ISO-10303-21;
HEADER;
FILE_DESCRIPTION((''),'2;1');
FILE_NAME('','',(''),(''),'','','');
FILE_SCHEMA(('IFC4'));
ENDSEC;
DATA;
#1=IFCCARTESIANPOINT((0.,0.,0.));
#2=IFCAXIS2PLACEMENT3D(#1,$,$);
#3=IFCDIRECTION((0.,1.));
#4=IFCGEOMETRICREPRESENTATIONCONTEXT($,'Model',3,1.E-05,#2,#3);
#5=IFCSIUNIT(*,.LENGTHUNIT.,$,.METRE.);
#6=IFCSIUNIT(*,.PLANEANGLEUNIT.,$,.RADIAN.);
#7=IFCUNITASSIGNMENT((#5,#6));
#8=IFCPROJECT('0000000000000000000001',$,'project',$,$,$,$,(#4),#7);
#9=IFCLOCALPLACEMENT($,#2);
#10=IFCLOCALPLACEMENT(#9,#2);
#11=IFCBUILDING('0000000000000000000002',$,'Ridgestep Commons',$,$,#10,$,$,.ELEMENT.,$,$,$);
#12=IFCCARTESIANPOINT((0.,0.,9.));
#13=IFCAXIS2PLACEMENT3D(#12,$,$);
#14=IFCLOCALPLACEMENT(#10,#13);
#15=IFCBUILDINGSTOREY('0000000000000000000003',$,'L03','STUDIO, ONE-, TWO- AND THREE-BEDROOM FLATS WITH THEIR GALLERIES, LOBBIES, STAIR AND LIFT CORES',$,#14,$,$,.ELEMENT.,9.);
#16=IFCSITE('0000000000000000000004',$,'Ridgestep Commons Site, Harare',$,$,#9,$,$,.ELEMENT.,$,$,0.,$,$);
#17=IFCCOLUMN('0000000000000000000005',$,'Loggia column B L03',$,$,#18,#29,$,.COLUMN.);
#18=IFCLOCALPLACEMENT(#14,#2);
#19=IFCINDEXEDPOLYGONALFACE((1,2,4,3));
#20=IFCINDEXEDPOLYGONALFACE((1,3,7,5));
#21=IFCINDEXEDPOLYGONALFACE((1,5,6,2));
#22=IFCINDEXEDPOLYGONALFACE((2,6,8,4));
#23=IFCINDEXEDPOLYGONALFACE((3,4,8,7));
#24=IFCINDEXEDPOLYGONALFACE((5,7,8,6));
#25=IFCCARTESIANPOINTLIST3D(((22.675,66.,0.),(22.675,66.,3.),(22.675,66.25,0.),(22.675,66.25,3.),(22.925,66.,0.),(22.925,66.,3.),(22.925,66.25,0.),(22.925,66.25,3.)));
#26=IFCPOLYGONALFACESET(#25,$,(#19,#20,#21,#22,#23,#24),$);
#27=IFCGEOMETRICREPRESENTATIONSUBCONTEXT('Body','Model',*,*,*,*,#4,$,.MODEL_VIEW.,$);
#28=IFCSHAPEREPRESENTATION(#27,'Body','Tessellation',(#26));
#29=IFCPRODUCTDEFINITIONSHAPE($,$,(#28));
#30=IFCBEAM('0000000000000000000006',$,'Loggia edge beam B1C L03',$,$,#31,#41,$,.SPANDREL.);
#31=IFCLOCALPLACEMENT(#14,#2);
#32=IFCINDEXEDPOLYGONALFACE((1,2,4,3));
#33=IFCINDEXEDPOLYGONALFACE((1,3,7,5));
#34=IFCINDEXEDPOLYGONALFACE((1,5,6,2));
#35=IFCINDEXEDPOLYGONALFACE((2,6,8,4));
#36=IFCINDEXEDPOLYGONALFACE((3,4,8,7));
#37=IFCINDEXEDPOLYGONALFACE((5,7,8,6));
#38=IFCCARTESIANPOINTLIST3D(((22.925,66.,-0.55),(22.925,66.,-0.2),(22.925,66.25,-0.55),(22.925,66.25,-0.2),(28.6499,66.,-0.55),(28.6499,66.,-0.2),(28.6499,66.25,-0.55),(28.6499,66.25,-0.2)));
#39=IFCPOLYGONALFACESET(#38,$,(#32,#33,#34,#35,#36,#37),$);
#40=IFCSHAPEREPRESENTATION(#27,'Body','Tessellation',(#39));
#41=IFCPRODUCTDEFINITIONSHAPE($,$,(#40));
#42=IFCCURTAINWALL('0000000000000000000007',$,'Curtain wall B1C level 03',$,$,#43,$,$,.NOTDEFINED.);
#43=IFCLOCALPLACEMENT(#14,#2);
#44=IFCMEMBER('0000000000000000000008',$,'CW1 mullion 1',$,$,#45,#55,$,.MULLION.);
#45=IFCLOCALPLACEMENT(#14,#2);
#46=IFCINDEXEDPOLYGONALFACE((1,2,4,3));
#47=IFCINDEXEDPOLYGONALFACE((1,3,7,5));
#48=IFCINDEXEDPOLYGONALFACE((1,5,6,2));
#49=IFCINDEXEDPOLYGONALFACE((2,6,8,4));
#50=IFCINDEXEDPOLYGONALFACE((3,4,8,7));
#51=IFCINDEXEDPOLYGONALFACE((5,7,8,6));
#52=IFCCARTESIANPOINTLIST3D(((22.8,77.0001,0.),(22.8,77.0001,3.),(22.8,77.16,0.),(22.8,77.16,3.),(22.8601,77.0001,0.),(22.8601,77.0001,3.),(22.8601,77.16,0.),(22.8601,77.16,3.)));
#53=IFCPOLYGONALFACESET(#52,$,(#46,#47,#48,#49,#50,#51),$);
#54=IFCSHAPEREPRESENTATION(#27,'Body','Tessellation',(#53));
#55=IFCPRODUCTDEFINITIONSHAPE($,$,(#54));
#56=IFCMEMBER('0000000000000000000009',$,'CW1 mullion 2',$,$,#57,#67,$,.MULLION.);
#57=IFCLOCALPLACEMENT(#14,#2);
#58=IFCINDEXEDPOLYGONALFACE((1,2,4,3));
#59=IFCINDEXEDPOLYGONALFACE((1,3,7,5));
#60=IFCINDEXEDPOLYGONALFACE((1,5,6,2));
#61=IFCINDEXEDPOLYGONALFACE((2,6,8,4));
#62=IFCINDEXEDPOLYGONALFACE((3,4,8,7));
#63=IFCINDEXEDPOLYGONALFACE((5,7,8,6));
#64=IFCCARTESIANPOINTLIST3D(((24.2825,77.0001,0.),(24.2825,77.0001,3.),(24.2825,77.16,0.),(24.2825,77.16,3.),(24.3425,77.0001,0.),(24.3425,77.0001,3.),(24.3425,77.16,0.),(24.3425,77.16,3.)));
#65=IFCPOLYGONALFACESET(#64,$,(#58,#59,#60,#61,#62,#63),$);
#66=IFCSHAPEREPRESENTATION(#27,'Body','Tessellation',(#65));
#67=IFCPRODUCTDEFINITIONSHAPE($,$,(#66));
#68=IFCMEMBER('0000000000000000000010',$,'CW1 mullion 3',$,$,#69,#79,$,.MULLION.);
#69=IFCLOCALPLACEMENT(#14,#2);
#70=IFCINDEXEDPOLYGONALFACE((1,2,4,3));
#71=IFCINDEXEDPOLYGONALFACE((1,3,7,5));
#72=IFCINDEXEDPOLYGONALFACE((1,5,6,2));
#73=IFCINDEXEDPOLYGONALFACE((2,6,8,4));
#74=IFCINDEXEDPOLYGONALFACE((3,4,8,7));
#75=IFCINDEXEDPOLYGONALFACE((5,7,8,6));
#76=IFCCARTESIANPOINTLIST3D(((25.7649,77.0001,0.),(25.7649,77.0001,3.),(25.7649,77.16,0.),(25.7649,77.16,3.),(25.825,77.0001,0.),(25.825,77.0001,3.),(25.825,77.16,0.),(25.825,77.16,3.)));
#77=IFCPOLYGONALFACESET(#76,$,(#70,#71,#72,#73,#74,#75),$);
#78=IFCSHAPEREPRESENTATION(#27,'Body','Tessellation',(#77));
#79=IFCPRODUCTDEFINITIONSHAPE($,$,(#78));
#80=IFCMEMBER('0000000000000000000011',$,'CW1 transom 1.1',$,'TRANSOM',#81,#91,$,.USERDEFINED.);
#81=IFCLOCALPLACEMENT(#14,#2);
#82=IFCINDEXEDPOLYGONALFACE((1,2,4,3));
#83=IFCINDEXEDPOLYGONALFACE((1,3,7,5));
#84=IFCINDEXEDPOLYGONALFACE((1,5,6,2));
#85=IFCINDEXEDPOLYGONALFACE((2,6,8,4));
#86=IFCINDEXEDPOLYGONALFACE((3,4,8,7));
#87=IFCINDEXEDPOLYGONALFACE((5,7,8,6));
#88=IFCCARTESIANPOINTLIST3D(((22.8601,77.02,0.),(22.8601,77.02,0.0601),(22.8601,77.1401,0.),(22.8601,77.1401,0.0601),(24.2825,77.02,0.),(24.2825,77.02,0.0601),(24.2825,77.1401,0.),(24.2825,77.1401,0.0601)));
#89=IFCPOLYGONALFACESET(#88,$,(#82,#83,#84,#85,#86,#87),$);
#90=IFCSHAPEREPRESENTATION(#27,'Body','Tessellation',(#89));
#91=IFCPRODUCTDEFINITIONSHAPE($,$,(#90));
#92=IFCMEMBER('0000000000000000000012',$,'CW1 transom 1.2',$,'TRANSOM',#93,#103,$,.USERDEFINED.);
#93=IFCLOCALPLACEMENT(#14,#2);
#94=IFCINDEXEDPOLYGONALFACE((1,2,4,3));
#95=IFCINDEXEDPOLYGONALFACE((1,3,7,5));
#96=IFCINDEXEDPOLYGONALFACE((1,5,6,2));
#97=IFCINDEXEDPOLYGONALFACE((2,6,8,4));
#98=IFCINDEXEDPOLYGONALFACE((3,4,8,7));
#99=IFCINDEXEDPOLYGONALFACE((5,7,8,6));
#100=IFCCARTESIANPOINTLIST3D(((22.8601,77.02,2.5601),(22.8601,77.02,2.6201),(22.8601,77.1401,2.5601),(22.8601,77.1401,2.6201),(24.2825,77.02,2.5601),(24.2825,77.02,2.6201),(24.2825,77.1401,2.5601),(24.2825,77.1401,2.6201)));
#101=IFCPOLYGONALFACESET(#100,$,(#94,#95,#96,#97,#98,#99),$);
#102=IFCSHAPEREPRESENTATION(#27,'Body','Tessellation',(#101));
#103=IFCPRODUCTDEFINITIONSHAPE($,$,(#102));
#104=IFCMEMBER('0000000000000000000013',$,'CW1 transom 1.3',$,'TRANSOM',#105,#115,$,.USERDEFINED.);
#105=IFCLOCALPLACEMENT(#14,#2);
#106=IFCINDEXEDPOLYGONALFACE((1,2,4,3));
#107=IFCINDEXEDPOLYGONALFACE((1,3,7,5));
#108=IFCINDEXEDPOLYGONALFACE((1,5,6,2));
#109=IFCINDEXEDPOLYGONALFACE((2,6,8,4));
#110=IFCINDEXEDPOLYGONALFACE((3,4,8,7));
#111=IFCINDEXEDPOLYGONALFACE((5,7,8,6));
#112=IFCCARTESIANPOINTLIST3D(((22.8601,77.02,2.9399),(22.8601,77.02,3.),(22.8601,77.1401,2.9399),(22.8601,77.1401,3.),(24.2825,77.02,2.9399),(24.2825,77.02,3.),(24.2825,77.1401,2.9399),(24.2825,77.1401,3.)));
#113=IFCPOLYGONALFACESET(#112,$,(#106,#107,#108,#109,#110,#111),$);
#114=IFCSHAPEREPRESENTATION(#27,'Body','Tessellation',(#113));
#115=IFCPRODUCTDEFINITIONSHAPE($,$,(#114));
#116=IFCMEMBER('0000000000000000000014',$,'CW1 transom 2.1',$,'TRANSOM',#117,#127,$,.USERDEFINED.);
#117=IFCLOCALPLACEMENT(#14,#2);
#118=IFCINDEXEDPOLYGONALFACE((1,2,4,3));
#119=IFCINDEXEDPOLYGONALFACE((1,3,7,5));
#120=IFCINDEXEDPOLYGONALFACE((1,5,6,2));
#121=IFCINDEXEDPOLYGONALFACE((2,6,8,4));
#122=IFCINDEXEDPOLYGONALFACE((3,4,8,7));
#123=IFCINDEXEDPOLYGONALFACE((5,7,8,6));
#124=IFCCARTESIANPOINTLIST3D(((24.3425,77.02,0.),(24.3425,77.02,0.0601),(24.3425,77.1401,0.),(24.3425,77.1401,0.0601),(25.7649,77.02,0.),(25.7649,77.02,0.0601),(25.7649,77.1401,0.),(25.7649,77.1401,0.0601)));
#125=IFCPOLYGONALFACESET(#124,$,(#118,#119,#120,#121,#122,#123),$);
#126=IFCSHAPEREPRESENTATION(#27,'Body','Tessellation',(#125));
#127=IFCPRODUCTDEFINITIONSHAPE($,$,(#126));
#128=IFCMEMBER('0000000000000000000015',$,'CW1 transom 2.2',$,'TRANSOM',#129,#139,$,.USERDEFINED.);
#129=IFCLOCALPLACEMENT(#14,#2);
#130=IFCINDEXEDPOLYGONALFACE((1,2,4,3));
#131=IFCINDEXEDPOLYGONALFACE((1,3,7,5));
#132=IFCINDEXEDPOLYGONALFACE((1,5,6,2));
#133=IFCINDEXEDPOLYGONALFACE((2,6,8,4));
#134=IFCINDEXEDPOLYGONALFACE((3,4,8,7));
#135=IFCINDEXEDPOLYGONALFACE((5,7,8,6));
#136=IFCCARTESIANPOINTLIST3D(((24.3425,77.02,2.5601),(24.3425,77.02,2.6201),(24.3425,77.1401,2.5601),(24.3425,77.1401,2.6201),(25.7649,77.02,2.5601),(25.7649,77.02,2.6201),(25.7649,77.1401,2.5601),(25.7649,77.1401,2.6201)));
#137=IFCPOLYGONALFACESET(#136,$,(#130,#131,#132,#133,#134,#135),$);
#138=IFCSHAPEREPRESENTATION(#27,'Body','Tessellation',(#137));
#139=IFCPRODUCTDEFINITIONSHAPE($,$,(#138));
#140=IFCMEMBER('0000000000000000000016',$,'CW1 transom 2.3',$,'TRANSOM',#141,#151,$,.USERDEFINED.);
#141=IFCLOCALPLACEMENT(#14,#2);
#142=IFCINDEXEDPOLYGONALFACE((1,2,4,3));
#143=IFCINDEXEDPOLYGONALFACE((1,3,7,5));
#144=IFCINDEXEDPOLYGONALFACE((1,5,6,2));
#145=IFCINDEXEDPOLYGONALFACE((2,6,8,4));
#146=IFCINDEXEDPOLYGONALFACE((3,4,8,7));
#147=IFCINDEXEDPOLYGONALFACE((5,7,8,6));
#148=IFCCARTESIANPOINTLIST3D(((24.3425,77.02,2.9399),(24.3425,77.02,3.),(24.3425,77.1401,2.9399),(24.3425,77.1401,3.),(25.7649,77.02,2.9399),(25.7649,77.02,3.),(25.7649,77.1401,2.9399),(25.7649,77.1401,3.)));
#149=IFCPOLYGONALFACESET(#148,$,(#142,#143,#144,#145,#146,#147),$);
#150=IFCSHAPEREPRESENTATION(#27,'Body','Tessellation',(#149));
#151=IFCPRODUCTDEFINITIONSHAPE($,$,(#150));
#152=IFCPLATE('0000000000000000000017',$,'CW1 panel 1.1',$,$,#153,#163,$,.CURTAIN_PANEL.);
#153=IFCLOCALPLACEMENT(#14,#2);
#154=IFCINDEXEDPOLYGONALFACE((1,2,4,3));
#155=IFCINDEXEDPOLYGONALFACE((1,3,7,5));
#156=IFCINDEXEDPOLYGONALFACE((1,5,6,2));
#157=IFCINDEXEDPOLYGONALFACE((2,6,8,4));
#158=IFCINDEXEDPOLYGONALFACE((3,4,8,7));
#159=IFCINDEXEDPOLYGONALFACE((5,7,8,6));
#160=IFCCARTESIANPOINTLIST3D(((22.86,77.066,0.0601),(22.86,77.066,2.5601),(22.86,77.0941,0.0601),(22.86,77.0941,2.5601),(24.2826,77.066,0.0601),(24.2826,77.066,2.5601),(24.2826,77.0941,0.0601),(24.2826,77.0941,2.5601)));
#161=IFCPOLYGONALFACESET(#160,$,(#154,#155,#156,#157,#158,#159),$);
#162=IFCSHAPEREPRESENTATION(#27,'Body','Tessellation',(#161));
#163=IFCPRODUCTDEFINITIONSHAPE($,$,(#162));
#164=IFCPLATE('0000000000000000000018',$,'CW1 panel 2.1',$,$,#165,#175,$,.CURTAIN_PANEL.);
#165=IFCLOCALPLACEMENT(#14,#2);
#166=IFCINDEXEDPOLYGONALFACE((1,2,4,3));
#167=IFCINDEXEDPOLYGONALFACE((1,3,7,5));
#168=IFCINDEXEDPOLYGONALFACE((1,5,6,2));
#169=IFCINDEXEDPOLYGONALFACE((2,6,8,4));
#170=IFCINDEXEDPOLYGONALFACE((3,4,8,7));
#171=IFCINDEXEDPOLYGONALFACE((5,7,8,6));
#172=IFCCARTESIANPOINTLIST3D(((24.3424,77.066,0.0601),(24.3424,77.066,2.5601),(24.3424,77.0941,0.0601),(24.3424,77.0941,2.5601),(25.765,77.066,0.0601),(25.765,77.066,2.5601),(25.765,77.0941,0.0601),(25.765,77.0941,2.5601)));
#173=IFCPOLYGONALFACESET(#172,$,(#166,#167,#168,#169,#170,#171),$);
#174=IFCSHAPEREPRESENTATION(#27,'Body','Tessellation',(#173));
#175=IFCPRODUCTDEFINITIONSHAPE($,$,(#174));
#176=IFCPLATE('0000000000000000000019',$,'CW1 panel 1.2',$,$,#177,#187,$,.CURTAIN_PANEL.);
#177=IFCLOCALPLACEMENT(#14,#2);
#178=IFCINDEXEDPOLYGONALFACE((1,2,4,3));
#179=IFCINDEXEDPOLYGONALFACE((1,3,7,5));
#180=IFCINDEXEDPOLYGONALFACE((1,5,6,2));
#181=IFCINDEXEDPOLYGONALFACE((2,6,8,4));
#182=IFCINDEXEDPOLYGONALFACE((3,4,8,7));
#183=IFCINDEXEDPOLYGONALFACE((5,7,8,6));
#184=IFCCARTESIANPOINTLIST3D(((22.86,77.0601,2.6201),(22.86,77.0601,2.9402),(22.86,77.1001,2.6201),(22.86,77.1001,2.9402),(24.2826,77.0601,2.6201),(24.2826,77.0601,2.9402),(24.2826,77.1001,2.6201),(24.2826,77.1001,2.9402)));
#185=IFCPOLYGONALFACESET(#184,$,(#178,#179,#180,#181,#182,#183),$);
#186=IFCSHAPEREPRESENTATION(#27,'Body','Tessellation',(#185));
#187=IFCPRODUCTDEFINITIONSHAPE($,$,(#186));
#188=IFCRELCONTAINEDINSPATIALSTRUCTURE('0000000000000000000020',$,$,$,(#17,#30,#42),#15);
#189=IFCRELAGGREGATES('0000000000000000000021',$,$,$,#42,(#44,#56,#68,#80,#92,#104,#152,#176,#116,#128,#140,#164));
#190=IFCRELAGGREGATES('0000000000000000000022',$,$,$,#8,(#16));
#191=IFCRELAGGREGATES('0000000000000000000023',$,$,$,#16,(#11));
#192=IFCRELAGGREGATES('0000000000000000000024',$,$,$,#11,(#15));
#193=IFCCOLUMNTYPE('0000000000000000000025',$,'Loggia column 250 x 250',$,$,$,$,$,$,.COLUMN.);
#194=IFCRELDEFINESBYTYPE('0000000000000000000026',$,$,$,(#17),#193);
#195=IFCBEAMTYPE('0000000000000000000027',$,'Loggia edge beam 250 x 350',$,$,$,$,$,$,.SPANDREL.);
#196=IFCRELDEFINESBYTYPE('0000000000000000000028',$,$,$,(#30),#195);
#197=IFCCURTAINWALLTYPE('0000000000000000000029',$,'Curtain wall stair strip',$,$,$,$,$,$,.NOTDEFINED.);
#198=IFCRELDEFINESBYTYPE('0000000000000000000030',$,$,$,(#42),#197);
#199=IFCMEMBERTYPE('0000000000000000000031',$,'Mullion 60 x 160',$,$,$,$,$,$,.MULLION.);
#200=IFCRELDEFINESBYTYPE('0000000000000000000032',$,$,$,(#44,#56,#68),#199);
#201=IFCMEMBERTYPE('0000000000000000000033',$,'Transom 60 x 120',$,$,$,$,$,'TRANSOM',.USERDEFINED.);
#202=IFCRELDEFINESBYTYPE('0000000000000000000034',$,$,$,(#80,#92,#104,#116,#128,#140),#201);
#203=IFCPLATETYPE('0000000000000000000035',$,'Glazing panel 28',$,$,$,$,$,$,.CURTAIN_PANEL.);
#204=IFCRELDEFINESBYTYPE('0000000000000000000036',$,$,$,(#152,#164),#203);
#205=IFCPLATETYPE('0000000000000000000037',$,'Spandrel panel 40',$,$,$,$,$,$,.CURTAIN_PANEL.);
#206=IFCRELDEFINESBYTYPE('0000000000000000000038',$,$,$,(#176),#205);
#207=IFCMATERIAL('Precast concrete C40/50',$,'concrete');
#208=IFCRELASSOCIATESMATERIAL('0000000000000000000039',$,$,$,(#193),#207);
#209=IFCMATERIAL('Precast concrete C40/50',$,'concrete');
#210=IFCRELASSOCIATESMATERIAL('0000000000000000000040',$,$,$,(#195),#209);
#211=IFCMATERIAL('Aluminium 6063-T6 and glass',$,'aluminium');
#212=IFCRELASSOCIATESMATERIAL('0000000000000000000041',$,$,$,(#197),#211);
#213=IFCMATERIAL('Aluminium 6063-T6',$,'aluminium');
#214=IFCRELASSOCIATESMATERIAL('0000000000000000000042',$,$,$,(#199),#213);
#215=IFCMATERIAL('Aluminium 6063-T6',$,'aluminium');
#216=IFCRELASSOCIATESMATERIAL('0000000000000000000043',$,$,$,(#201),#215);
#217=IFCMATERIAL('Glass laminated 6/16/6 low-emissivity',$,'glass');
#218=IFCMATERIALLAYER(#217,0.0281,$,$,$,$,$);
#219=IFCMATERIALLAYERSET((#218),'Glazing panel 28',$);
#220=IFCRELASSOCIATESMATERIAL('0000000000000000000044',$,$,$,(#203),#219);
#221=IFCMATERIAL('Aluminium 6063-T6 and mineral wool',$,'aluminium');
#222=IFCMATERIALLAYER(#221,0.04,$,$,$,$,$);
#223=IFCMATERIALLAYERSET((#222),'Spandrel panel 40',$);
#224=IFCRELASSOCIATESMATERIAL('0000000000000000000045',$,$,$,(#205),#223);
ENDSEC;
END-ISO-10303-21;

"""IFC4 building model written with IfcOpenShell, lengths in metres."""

from ifc_helpers import new_model, si_unit, direction, frame, origin, origin_2d, place, context, subcontext, project, spatial, rectangle, extrude, material, layer, layer_set, material_profile, profile_set, type_object, element, aggregate, save


model = new_model("IFC4")

# Units and contexts
model_context = context("Model", 3, precision=1e-05, world=origin(), true_north=direction((0.0, 1.0)))
body_context = subcontext(model_context, "Body", "Model", "MODEL_VIEW")
ifc_project = project(units=[si_unit("LENGTHUNIT", "METRE"), si_unit("PLANEANGLEUNIT", "RADIAN")], contexts=[model_context])

# Site, building, storey
site_placement = place(None, origin())
site = spatial("IfcSite", under=ifc_project, at=site_placement, Name="Ridgestep Commons Site, Harare", CompositionType="ELEMENT", RefElevation=0.0)
building_placement = place(site_placement, origin())
building = spatial("IfcBuilding", under=site, at=building_placement, Name="Ridgestep Commons", CompositionType="ELEMENT")
storey_placement = place(building_placement, frame((0.0, 0.0, 9.0)))
storey = spatial("IfcBuildingStorey", under=building, at=storey_placement, Name="L03", Description="STUDIO, ONE-, TWO- AND THREE-BEDROOM FLATS WITH THEIR GALLERIES, LOBBIES, STAIR AND LIFT CORES", CompositionType="ELEMENT", Elevation=9.0)

# Column
ifc_material_1 = material(Name="Precast concrete C40/50", Category="concrete")
ifc_material_profile_1 = material_profile(ifc_material_1, rectangle(XDim=0.25, YDim=0.25, at=origin_2d()), Name="PC 250x250")
ifc_profile_set_1 = profile_set([ifc_material_profile_1], Name="Precast concrete C40/50")
column_type = type_object("IfcColumnType", Name="Loggia column 250 x 250", PredefinedType="COLUMN", material=ifc_profile_set_1)
column_placement = place(storey_placement, frame((22.8, 66.125, 0.0), z_axis=(0.0, 0.0, 1.0), x_axis=(1.0, 0.0, 0.0)))
element("IfcColumn", 1, at=column_placement, inside=storey, type_object=column_type, Name="Loggia column B L03", PredefinedType="COLUMN", context=body_context, shape_type="SweptSolid", body=[
    extrude(rectangle(XDim=0.25, YDim=0.25, at=origin_2d()), origin(), (0.0, 0.0, 1.0), 3.0),
])

# Beam
ifc_material_2 = material(Name="Precast concrete C40/50", Category="concrete")
ifc_material_profile_2 = material_profile(ifc_material_2, rectangle(XDim=0.25, YDim=0.3501, at=origin_2d()), Name="PC 250x350")
ifc_profile_set_2 = profile_set([ifc_material_profile_2], Name="Precast concrete C40/50")
beam_type = type_object("IfcBeamType", Name="Loggia edge beam 250 x 350", PredefinedType="SPANDREL", material=ifc_profile_set_2)
beam_placement = place(storey_placement, frame((22.925, 66.125, -0.375), z_axis=(1.0, 0.0, 0.0), x_axis=(0.0, 1.0, 0.0)))
element("IfcBeam", 2, at=beam_placement, inside=storey, type_object=beam_type, Name="Loggia edge beam B1C L03", PredefinedType="SPANDREL", context=body_context, shape_type="SweptSolid", body=[
    extrude(rectangle(XDim=0.25, YDim=0.3501, at=origin_2d()), origin(), (0.0, 0.0, 1.0), 5.7249),
])

# Curtain wall, members, plates
ifc_material_3 = material(Name="Aluminium 6063-T6 and glass", Category="aluminium")
curtain_wall_type = type_object("IfcCurtainWallType", Name="Curtain wall stair strip", PredefinedType="NOTDEFINED", material=ifc_material_3)
curtain_wall_placement = place(storey_placement, origin())
curtain_wall = element("IfcCurtainWall", 3, at=curtain_wall_placement, inside=storey, type_object=curtain_wall_type, Name="Curtain wall B1C level 03", PredefinedType="NOTDEFINED")
ifc_material_4 = material(Name="Aluminium 6063-T6", Category="aluminium")
ifc_material_profile_3 = material_profile(ifc_material_4, rectangle(XDim=0.1599, YDim=0.0601, at=origin_2d()), Name="Mullion 60 x 160")
ifc_profile_set_3 = profile_set([ifc_material_profile_3], Name="Aluminium 6063-T6")
member_type_1 = type_object("IfcMemberType", Name="Mullion 60 x 160", PredefinedType="MULLION", material=ifc_profile_set_3)
member_1_placement = place(storey_placement, frame((22.8301, 77.0801, 0.0), z_axis=(0.0, 0.0, 1.0), x_axis=(0.0, 1.0, 0.0)))
member_1 = element("IfcMember", 4, at=member_1_placement, type_object=member_type_1, Name="CW1 mullion 1", PredefinedType="MULLION", context=body_context, shape_type="SweptSolid", body=[
    extrude(rectangle(XDim=0.1599, YDim=0.0601, at=origin_2d()), origin(), (0.0, 0.0, 1.0), 3.0),
])
member_2_placement = place(storey_placement, frame((24.3125, 77.0801, 0.0), z_axis=(0.0, 0.0, 1.0), x_axis=(0.0, 1.0, 0.0)))
member_2 = element("IfcMember", 5, at=member_2_placement, type_object=member_type_1, Name="CW1 mullion 2", PredefinedType="MULLION", context=body_context, shape_type="SweptSolid", body=[
    extrude(rectangle(XDim=0.1599, YDim=0.0601, at=origin_2d()), origin(), (0.0, 0.0, 1.0), 3.0),
])
member_3_placement = place(storey_placement, frame((25.7949, 77.0801, 0.0), z_axis=(0.0, 0.0, 1.0), x_axis=(0.0, 1.0, 0.0)))
member_3 = element("IfcMember", 6, at=member_3_placement, type_object=member_type_1, Name="CW1 mullion 3", PredefinedType="MULLION", context=body_context, shape_type="SweptSolid", body=[
    extrude(rectangle(XDim=0.1599, YDim=0.0601, at=origin_2d()), origin(), (0.0, 0.0, 1.0), 3.0),
])
ifc_material_5 = material(Name="Aluminium 6063-T6", Category="aluminium")
ifc_material_profile_4 = material_profile(ifc_material_5, rectangle(XDim=0.1201, YDim=0.0601, at=origin_2d()), Name="Transom 60 x 120")
ifc_profile_set_4 = profile_set([ifc_material_profile_4], Name="Aluminium 6063-T6")
member_type_2 = type_object("IfcMemberType", Name="Transom 60 x 120", ElementType="TRANSOM", PredefinedType="USERDEFINED", material=ifc_profile_set_4)
member_4_placement = place(storey_placement, frame((22.8601, 77.0801, 0.03), z_axis=(1.0, 0.0, 0.0), x_axis=(0.0, 1.0, 0.0)))
member_4 = element("IfcMember", 7, at=member_4_placement, type_object=member_type_2, Name="CW1 transom 1.1", ObjectType="TRANSOM", PredefinedType="USERDEFINED", context=body_context, shape_type="SweptSolid", body=[
    extrude(rectangle(XDim=0.1201, YDim=0.0601, at=origin_2d()), origin(), (0.0, 0.0, 1.0), 1.4224),
])
member_5_placement = place(storey_placement, frame((22.8601, 77.0801, 2.5901), z_axis=(1.0, 0.0, 0.0), x_axis=(0.0, 1.0, 0.0)))
member_5 = element("IfcMember", 8, at=member_5_placement, type_object=member_type_2, Name="CW1 transom 1.2", ObjectType="TRANSOM", PredefinedType="USERDEFINED", context=body_context, shape_type="SweptSolid", body=[
    extrude(rectangle(XDim=0.1201, YDim=0.0601, at=origin_2d()), origin(), (0.0, 0.0, 1.0), 1.4224),
])
member_6_placement = place(storey_placement, frame((22.8601, 77.0801, 2.97), z_axis=(1.0, 0.0, 0.0), x_axis=(0.0, 1.0, 0.0)))
member_6 = element("IfcMember", 9, at=member_6_placement, type_object=member_type_2, Name="CW1 transom 1.3", ObjectType="TRANSOM", PredefinedType="USERDEFINED", context=body_context, shape_type="SweptSolid", body=[
    extrude(rectangle(XDim=0.1201, YDim=0.0601, at=origin_2d()), origin(), (0.0, 0.0, 1.0), 1.4224),
])
member_7_placement = place(storey_placement, frame((24.3425, 77.0801, 0.03), z_axis=(1.0, 0.0, 0.0), x_axis=(0.0, 1.0, 0.0)))
member_7 = element("IfcMember", 10, at=member_7_placement, type_object=member_type_2, Name="CW1 transom 2.1", ObjectType="TRANSOM", PredefinedType="USERDEFINED", context=body_context, shape_type="SweptSolid", body=[
    extrude(rectangle(XDim=0.1201, YDim=0.0601, at=origin_2d()), origin(), (0.0, 0.0, 1.0), 1.4224),
])
member_8_placement = place(storey_placement, frame((24.3425, 77.0801, 2.5901), z_axis=(1.0, 0.0, 0.0), x_axis=(0.0, 1.0, 0.0)))
member_8 = element("IfcMember", 11, at=member_8_placement, type_object=member_type_2, Name="CW1 transom 2.2", ObjectType="TRANSOM", PredefinedType="USERDEFINED", context=body_context, shape_type="SweptSolid", body=[
    extrude(rectangle(XDim=0.1201, YDim=0.0601, at=origin_2d()), origin(), (0.0, 0.0, 1.0), 1.4224),
])
member_9_placement = place(storey_placement, frame((24.3425, 77.0801, 2.97), z_axis=(1.0, 0.0, 0.0), x_axis=(0.0, 1.0, 0.0)))
member_9 = element("IfcMember", 12, at=member_9_placement, type_object=member_type_2, Name="CW1 transom 2.3", ObjectType="TRANSOM", PredefinedType="USERDEFINED", context=body_context, shape_type="SweptSolid", body=[
    extrude(rectangle(XDim=0.1201, YDim=0.0601, at=origin_2d()), origin(), (0.0, 0.0, 1.0), 1.4224),
])
ifc_material_6 = material(Name="Glass laminated 6/16/6 low-emissivity", Category="glass")
ifc_layer_1 = layer(ifc_material_6, 0.0281)
ifc_layer_set_1 = layer_set([ifc_layer_1], Name="Glazing panel 28")
plate_type_1 = type_object("IfcPlateType", Name="Glazing panel 28", PredefinedType="CURTAIN_PANEL", material=ifc_layer_set_1)
plate_1_placement = place(storey_placement, frame((23.5713, 77.0801, 0.0601), z_axis=(0.0, 0.0, 1.0), x_axis=(1.0, 0.0, 0.0)))
plate_1 = element("IfcPlate", 13, at=plate_1_placement, type_object=plate_type_1, Name="CW1 panel 1.1", PredefinedType="CURTAIN_PANEL", context=body_context, shape_type="SweptSolid", body=[
    extrude(rectangle(XDim=1.4226, YDim=0.0281, at=origin_2d()), origin(), (0.0, 0.0, 1.0), 2.5),
])
plate_2_placement = place(storey_placement, frame((25.0537, 77.0801, 0.0601), z_axis=(0.0, 0.0, 1.0), x_axis=(1.0, 0.0, 0.0)))
plate_2 = element("IfcPlate", 14, at=plate_2_placement, type_object=plate_type_1, Name="CW1 panel 2.1", PredefinedType="CURTAIN_PANEL", context=body_context, shape_type="SweptSolid", body=[
    extrude(rectangle(XDim=1.4226, YDim=0.0281, at=origin_2d()), origin(), (0.0, 0.0, 1.0), 2.5),
])
ifc_material_7 = material(Name="Aluminium 6063-T6 and mineral wool", Category="aluminium")
ifc_layer_2 = layer(ifc_material_7, 0.04)
ifc_layer_set_2 = layer_set([ifc_layer_2], Name="Spandrel panel 40")
plate_type_2 = type_object("IfcPlateType", Name="Spandrel panel 40", PredefinedType="CURTAIN_PANEL", material=ifc_layer_set_2)
plate_3_placement = place(storey_placement, frame((23.5713, 77.0801, 2.6201), z_axis=(0.0, 0.0, 1.0), x_axis=(1.0, 0.0, 0.0)))
plate_3 = element("IfcPlate", 15, at=plate_3_placement, type_object=plate_type_2, Name="CW1 panel 1.2", PredefinedType="CURTAIN_PANEL", context=body_context, shape_type="SweptSolid", body=[
    extrude(rectangle(XDim=1.4226, YDim=0.04, at=origin_2d()), origin(), (0.0, 0.0, 1.0), 0.3201),
])
aggregate(curtain_wall, [member_1, member_2, member_3, member_4, member_5, member_6, plate_1, plate_3, member_7, member_8, member_9, plate_2])

save(model, "model.ifc")
